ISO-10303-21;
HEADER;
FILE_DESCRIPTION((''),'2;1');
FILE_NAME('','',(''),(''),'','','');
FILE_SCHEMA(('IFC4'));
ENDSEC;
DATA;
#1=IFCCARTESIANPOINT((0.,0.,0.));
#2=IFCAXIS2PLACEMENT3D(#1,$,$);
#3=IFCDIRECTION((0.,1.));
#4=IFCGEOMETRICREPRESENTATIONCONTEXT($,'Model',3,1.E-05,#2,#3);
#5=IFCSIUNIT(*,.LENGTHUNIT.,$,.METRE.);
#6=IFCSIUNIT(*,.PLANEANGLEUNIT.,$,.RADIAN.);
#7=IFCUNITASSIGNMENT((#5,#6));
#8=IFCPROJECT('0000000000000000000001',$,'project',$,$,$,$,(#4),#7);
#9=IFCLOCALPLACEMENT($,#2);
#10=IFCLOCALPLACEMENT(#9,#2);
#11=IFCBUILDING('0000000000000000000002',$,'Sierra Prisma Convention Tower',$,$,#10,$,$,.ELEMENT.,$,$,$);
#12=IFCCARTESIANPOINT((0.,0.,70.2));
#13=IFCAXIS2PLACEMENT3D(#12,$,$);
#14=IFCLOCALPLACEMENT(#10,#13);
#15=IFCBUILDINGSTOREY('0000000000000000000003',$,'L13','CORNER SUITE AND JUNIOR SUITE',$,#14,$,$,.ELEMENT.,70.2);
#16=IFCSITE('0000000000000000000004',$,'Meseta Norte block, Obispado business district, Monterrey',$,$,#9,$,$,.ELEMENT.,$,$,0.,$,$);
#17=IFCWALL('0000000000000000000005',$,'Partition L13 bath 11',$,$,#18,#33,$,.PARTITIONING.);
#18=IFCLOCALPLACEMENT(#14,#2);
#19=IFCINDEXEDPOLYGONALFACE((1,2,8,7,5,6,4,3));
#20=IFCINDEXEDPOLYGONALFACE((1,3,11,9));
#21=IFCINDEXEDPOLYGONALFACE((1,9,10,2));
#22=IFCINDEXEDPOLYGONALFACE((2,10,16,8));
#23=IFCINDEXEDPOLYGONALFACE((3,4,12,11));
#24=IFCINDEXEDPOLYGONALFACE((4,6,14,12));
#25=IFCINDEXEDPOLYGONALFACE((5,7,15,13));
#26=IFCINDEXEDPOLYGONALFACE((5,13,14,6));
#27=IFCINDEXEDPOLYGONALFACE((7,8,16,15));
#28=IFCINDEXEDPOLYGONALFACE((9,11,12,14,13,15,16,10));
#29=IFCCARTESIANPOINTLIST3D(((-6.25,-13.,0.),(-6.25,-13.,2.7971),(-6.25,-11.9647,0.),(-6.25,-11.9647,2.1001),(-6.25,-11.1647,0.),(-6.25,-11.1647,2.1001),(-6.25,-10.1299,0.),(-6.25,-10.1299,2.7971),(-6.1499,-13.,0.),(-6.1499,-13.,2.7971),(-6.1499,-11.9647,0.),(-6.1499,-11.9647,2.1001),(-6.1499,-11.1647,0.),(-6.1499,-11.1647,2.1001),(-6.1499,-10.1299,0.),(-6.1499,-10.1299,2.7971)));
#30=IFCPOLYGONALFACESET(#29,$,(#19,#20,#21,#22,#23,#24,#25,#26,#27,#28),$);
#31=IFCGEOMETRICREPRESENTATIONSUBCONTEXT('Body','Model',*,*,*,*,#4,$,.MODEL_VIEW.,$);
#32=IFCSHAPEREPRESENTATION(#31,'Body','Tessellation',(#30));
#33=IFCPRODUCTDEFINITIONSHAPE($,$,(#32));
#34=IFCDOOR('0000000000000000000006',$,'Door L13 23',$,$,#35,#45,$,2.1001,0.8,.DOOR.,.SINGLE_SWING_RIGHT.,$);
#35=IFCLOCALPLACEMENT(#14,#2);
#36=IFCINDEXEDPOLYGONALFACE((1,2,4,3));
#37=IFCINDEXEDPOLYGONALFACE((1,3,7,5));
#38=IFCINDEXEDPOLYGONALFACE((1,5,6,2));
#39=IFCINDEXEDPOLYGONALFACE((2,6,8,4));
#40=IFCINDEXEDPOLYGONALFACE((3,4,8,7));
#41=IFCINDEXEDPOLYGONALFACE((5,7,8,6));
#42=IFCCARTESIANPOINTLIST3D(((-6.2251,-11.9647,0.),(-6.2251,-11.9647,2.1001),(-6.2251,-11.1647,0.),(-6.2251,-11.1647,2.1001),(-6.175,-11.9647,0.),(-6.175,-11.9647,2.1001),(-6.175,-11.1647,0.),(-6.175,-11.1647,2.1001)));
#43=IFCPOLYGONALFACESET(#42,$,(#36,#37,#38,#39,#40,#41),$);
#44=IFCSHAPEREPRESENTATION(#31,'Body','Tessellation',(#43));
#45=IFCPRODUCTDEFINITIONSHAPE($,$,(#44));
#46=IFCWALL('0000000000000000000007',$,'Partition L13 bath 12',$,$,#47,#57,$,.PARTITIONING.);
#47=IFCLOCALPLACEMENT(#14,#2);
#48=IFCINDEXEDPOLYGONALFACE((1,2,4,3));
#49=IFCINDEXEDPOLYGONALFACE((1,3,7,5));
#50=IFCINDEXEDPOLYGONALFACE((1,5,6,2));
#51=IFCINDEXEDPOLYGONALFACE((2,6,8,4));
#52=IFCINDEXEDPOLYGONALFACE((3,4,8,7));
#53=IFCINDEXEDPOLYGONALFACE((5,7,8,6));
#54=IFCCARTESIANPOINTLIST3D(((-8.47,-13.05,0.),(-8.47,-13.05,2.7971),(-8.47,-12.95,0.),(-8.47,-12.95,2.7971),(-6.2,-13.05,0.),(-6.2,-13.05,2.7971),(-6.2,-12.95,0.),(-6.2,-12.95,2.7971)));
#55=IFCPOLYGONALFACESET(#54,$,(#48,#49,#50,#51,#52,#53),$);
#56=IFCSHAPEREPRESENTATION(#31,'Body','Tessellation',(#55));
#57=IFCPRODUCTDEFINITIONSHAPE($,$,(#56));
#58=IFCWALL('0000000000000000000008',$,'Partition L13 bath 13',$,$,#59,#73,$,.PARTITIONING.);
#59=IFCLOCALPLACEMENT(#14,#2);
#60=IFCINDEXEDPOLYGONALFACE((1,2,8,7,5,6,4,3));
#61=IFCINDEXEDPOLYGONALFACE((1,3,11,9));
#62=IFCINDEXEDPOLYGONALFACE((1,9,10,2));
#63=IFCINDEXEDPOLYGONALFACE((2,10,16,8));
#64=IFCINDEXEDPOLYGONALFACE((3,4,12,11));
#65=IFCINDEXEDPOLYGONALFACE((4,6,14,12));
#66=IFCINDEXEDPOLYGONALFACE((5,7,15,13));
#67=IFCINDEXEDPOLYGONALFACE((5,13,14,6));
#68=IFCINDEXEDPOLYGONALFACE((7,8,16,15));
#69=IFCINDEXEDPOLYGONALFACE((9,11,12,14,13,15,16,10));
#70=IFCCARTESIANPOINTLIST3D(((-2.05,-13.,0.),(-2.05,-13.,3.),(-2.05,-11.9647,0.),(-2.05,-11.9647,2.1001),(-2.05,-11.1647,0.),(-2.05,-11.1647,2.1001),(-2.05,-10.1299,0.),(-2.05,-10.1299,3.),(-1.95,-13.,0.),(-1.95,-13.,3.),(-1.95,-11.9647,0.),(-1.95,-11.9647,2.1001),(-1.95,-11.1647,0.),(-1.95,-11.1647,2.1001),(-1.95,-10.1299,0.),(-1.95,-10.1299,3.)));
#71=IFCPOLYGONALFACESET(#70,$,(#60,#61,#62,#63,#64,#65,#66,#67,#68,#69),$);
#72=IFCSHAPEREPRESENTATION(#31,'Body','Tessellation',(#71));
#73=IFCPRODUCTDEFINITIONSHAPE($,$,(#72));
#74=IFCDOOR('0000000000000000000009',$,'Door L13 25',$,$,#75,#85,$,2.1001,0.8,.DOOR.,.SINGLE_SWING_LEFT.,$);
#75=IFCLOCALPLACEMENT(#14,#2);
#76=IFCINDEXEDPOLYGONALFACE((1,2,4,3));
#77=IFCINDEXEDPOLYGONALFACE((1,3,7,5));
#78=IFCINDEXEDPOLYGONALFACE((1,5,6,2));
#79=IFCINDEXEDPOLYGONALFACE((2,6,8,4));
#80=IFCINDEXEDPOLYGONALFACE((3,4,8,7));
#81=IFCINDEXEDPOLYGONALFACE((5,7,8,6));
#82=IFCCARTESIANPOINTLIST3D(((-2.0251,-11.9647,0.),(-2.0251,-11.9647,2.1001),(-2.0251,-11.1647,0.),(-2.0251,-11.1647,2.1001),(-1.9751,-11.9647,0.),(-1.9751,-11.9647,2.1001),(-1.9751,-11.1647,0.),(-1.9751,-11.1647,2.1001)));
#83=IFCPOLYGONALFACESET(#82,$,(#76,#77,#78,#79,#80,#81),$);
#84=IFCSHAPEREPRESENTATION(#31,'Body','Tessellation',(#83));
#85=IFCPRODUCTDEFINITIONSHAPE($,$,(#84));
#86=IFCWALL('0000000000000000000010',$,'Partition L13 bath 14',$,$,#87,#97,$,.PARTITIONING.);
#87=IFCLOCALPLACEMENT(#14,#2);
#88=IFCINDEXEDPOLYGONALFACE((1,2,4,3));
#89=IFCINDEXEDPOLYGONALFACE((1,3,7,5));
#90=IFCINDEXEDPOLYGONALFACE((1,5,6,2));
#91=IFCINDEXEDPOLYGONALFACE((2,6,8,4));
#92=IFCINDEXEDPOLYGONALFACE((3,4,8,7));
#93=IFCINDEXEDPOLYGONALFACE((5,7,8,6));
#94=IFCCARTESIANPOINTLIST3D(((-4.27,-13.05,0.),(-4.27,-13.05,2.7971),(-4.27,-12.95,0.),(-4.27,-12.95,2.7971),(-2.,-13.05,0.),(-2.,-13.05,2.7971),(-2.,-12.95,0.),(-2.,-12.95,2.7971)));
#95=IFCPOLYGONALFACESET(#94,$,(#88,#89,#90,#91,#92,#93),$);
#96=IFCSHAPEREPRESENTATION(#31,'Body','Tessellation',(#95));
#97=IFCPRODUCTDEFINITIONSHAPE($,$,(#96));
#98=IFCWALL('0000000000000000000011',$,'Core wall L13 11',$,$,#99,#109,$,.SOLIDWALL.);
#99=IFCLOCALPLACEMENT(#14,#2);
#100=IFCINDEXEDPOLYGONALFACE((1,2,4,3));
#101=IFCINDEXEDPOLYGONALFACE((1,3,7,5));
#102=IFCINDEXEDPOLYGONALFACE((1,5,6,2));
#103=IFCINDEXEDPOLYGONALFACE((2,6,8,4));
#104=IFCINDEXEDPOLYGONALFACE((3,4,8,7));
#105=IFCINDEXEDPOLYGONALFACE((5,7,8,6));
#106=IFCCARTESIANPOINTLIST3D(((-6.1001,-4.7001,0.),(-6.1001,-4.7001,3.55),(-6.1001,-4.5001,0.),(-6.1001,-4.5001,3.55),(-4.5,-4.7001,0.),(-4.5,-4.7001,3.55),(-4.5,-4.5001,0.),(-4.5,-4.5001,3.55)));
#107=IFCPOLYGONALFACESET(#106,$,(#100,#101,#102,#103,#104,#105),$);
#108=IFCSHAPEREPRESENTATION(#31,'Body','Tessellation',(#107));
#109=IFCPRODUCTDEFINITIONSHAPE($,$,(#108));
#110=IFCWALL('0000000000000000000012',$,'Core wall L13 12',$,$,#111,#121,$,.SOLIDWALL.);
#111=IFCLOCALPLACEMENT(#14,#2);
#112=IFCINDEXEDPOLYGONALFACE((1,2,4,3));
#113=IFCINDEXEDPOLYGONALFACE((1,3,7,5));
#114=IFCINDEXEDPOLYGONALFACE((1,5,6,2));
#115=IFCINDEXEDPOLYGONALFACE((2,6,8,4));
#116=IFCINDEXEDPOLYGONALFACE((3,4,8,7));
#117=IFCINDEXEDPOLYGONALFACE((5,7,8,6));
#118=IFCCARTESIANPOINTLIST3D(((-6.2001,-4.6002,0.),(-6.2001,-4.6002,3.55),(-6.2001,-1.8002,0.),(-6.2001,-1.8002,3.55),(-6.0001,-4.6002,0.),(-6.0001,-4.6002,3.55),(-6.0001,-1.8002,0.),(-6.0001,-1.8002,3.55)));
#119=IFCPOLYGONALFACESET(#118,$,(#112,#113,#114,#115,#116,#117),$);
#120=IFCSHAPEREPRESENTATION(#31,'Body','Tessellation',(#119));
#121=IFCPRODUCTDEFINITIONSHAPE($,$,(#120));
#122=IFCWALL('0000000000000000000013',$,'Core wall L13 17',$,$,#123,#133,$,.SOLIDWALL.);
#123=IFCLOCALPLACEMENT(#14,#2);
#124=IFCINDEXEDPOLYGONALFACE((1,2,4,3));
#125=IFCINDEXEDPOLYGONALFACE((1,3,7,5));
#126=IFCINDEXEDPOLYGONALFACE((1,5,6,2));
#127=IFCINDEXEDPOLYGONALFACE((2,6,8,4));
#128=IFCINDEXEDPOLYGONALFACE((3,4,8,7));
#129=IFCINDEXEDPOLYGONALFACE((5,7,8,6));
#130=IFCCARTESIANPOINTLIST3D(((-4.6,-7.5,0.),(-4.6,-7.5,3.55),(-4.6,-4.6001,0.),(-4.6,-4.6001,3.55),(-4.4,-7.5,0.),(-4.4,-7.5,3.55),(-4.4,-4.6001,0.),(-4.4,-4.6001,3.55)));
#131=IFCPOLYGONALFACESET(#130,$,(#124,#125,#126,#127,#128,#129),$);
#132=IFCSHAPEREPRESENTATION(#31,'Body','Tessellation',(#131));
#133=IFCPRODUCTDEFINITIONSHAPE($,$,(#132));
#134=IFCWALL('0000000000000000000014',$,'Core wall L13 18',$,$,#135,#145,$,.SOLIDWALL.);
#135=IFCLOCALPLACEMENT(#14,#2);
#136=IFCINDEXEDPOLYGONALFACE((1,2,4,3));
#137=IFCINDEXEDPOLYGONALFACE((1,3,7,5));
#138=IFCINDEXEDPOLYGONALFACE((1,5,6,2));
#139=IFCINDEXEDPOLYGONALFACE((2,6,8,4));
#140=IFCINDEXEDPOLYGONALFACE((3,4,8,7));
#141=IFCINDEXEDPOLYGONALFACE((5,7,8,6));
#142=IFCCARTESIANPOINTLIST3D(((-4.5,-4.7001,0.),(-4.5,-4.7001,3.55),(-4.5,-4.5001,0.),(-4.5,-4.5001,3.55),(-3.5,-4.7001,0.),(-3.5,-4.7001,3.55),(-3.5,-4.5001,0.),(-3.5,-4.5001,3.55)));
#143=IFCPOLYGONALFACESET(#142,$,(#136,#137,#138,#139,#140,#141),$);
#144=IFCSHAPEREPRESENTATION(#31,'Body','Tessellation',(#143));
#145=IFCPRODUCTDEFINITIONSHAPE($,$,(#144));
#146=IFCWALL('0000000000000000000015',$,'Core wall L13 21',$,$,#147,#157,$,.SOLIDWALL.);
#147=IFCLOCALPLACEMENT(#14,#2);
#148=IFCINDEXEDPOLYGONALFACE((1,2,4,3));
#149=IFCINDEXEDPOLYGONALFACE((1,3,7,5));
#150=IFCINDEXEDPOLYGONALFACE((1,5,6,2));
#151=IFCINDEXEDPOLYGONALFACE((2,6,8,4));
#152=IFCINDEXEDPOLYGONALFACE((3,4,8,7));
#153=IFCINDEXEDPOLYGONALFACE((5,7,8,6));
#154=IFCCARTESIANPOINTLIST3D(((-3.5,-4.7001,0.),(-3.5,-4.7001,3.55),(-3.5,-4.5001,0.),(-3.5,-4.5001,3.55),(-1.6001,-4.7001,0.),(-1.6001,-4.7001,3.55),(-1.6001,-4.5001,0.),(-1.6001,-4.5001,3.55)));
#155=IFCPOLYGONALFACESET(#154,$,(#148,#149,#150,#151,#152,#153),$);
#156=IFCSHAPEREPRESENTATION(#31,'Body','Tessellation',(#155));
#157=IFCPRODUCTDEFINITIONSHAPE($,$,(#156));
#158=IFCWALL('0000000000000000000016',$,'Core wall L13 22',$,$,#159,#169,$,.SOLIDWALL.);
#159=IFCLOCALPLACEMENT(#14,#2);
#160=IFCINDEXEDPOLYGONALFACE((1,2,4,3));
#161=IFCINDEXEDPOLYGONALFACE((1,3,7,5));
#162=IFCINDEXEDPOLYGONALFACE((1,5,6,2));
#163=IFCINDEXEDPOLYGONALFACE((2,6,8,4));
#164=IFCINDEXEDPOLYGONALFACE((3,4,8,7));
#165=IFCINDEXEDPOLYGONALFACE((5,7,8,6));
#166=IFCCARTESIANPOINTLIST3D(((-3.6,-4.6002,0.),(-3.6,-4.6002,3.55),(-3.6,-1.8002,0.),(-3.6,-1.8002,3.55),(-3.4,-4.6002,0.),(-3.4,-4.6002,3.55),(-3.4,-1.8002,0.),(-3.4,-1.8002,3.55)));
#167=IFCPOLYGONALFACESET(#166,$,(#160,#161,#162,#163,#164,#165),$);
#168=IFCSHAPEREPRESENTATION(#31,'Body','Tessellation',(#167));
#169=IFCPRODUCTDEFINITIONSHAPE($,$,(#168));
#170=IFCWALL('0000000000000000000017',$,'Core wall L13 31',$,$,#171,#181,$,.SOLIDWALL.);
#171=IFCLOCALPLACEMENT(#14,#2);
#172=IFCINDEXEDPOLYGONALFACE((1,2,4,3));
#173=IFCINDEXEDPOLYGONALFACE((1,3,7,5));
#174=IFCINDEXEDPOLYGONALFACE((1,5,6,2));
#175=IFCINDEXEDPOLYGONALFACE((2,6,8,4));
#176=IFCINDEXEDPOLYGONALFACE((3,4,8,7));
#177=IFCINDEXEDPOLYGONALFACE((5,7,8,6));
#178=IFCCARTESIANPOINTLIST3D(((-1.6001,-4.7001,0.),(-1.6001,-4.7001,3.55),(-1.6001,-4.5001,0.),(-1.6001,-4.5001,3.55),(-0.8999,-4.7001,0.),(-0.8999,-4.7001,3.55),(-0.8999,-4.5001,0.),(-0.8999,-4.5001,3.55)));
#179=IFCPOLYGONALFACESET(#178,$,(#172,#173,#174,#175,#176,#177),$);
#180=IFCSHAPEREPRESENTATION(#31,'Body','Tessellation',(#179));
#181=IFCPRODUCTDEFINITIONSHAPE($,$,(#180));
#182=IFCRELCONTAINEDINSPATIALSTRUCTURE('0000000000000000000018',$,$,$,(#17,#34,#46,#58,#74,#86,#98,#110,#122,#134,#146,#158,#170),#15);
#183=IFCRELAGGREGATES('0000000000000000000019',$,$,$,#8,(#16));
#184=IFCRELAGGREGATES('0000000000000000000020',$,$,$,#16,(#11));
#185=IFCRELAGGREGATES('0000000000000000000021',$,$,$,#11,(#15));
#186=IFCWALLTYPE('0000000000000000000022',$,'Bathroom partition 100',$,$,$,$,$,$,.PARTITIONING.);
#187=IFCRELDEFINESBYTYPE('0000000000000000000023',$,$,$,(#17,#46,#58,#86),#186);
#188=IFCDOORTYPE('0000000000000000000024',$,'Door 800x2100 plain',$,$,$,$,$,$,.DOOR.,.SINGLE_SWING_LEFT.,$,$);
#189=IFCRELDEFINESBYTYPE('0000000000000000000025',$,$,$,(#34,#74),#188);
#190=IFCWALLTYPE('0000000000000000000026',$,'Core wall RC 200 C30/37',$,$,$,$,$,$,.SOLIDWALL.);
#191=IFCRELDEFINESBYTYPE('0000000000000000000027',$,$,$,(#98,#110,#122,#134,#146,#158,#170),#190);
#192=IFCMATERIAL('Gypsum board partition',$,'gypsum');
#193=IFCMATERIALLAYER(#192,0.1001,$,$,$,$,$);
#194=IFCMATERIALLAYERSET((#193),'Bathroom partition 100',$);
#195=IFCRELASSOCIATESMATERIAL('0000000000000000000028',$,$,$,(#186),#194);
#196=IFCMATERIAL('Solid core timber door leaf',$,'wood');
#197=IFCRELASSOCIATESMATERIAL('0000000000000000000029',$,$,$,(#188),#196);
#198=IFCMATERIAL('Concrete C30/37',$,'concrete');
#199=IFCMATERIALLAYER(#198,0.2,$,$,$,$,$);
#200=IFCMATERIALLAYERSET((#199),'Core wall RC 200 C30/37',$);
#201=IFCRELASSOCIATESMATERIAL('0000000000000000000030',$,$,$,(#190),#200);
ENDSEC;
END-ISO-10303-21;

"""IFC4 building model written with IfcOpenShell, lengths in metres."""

from ifc_helpers import new_model, si_unit, direction, frame, frame_2d, origin, place, context, subcontext, project, spatial, rectangle, extrude, material, layer, layer_set, type_object, element, fill, save


model = new_model("IFC4")

# Units and contexts
model_context = context("Model", 3, precision=1e-05, world=origin(), true_north=direction((0.0, 1.0)))
body_context = subcontext(model_context, "Body", "Model", "MODEL_VIEW")
ifc_project = project(units=[si_unit("LENGTHUNIT", "METRE"), si_unit("PLANEANGLEUNIT", "RADIAN")], contexts=[model_context])

# Site, building, storey
site_placement = place(None, origin())
site = spatial("IfcSite", under=ifc_project, at=site_placement, Name="Meseta Norte block, Obispado business district, Monterrey", CompositionType="ELEMENT", RefElevation=0.0)
building_placement = place(site_placement, origin())
building = spatial("IfcBuilding", under=site, at=building_placement, Name="Sierra Prisma Convention Tower", CompositionType="ELEMENT")
storey_placement = place(building_placement, frame((0.0, 0.0, 70.2)))
storey = spatial("IfcBuildingStorey", under=building, at=storey_placement, Name="L13", Description="CORNER SUITE AND JUNIOR SUITE", CompositionType="ELEMENT", Elevation=70.2)

# Wall, opening, door
ifc_material_1 = material(Name="Gypsum board partition", Category="gypsum")
ifc_layer_1 = layer(ifc_material_1, 0.1001)
ifc_layer_set_1 = layer_set([ifc_layer_1], Name="Bathroom partition 100")
wall_type_1 = type_object("IfcWallType", Name="Bathroom partition 100", PredefinedType="PARTITIONING", material=ifc_layer_set_1)
wall_1_placement = place(storey_placement, frame((-6.2, -10.1299, 0.0), z_axis=(0.0, 0.0, 1.0), x_axis=(0.0, -1.0, 0.0)))
wall_1 = element("IfcWall", 1, at=wall_1_placement, inside=storey, type_object=wall_type_1, Name="Partition L13 bath 11", PredefinedType="PARTITIONING", context=body_context, shape_type="SweptSolid", body=[
    extrude(rectangle(XDim=2.8701, YDim=0.1001, at=frame_2d((1.4351, 0.0))), origin(), (0.0, 0.0, 1.0), 2.7971),
])
opening_1_placement = place(wall_1_placement, frame((1.0349, 0.0, 0.0)))
opening_1 = element("IfcOpeningElement", 2, at=opening_1_placement, cuts=wall_1, PredefinedType="OPENING", context=body_context, shape_type="SweptSolid", body=[
    extrude(rectangle(XDim=0.8, YDim=2.1001, at=frame_2d((0.3999, 1.05))), frame((0.0, 0.05, 0.0), z_axis=(0.0, -1.0, 0.0), x_axis=(1.0, 0.0, 0.0)), (0.0, 0.0, 1.0), 0.1001),
])
ifc_material_2 = material(Name="Solid core timber door leaf", Category="wood")
door_type_1 = type_object("IfcDoorType", Name="Door 800x2100 plain", OperationType="SINGLE_SWING_LEFT", PredefinedType="DOOR", material=ifc_material_2)
door_1_placement = place(opening_1_placement, origin())
door_1 = element("IfcDoor", 3, at=door_1_placement, inside=storey, type_object=door_type_1, Name="Door L13 23", OperationType="SINGLE_SWING_RIGHT", OverallHeight=2.1001, OverallWidth=0.8, PredefinedType="DOOR", context=body_context, shape_type="SweptSolid", body=[
    extrude(rectangle(XDim=0.8, YDim=2.1001, at=frame_2d((0.3999, 1.05))), frame((0.0, 0.0249, 0.0), z_axis=(0.0, -1.0, 0.0), x_axis=(1.0, 0.0, 0.0)), (0.0, 0.0, 1.0), 0.05),
])
fill(opening_1, door_1)

# Wall
wall_2_placement = place(storey_placement, frame((-6.2, -13.0, 0.0), z_axis=(0.0, 0.0, 1.0), x_axis=(-1.0, 0.0, 0.0)))
element("IfcWall", 4, at=wall_2_placement, inside=storey, type_object=wall_type_1, Name="Partition L13 bath 12", PredefinedType="PARTITIONING", context=body_context, shape_type="SweptSolid", body=[
    extrude(rectangle(XDim=2.27, YDim=0.1001, at=frame_2d((1.135, 0.0))), origin(), (0.0, 0.0, 1.0), 2.7971),
])

# Wall, opening, door
wall_3_placement = place(storey_placement, frame((-2.0, -10.1299, 0.0), z_axis=(0.0, 0.0, 1.0), x_axis=(0.0, -1.0, 0.0)))
wall_3 = element("IfcWall", 5, at=wall_3_placement, inside=storey, type_object=wall_type_1, Name="Partition L13 bath 13", PredefinedType="PARTITIONING", context=body_context, shape_type="SweptSolid", body=[
    extrude(rectangle(XDim=2.8701, YDim=0.1001, at=frame_2d((1.4351, 0.0))), origin(), (0.0, 0.0, 1.0), 3.0),
])
opening_2_placement = place(wall_3_placement, frame((1.0349, 0.0, 0.0)))
opening_2 = element("IfcOpeningElement", 6, at=opening_2_placement, cuts=wall_3, PredefinedType="OPENING", context=body_context, shape_type="SweptSolid", body=[
    extrude(rectangle(XDim=0.8, YDim=2.1001, at=frame_2d((0.3999, 1.05))), frame((0.0, 0.05, 0.0), z_axis=(0.0, -1.0, 0.0), x_axis=(1.0, 0.0, 0.0)), (0.0, 0.0, 1.0), 0.1001),
])
door_2_placement = place(opening_2_placement, origin())
door_2 = element("IfcDoor", 7, at=door_2_placement, inside=storey, type_object=door_type_1, Name="Door L13 25", OperationType="SINGLE_SWING_LEFT", OverallHeight=2.1001, OverallWidth=0.8, PredefinedType="DOOR", context=body_context, shape_type="SweptSolid", body=[
    extrude(rectangle(XDim=0.8, YDim=2.1001, at=frame_2d((0.3999, 1.05))), frame((0.0, 0.0249, 0.0), z_axis=(0.0, -1.0, 0.0), x_axis=(1.0, 0.0, 0.0)), (0.0, 0.0, 1.0), 0.05),
])
fill(opening_2, door_2)

# Walls
wall_4_placement = place(storey_placement, frame((-2.0, -13.0, 0.0), z_axis=(0.0, 0.0, 1.0), x_axis=(-1.0, 0.0, 0.0)))
element("IfcWall", 8, at=wall_4_placement, inside=storey, type_object=wall_type_1, Name="Partition L13 bath 14", PredefinedType="PARTITIONING", context=body_context, shape_type="SweptSolid", body=[
    extrude(rectangle(XDim=2.27, YDim=0.1001, at=frame_2d((1.135, 0.0))), origin(), (0.0, 0.0, 1.0), 2.7971),
])
ifc_material_3 = material(Name="Concrete C30/37", Category="concrete")
ifc_layer_2 = layer(ifc_material_3, 0.2)
ifc_layer_set_2 = layer_set([ifc_layer_2], Name="Core wall RC 200 C30/37")
wall_type_2 = type_object("IfcWallType", Name="Core wall RC 200 C30/37", PredefinedType="SOLIDWALL", material=ifc_layer_set_2)
wall_5_placement = place(storey_placement, frame((-6.1001, -4.6001, 0.0), z_axis=(0.0, 0.0, 1.0), x_axis=(1.0, 0.0, 0.0)))
element("IfcWall", 9, at=wall_5_placement, inside=storey, type_object=wall_type_2, Name="Core wall L13 11", PredefinedType="SOLIDWALL", context=body_context, shape_type="SweptSolid", body=[
    extrude(rectangle(XDim=1.6001, YDim=0.2, at=frame_2d((0.8, 0.0))), origin(), (0.0, 0.0, 1.0), 3.55),
])
wall_6_placement = place(storey_placement, frame((-6.1001, -4.6001, 0.0), z_axis=(0.0, 0.0, 1.0), x_axis=(0.0, 1.0, 0.0)))
element("IfcWall", 10, at=wall_6_placement, inside=storey, type_object=wall_type_2, Name="Core wall L13 12", PredefinedType="SOLIDWALL", context=body_context, shape_type="SweptSolid", body=[
    extrude(rectangle(XDim=2.8, YDim=0.2, at=frame_2d((1.3999, 0.0))), origin(), (0.0, 0.0, 1.0), 3.55),
])

# Walls
wall_7_placement = place(storey_placement, frame((-4.5, -4.6001, 0.0), z_axis=(0.0, 0.0, 1.0), x_axis=(0.0, -1.0, 0.0)))
element("IfcWall", 11, at=wall_7_placement, inside=storey, type_object=wall_type_2, Name="Core wall L13 17", PredefinedType="SOLIDWALL", context=body_context, shape_type="SweptSolid", body=[
    extrude(rectangle(XDim=2.8999, YDim=0.2, at=frame_2d((1.45, 0.0))), origin(), (0.0, 0.0, 1.0), 3.55),
])
wall_8_placement = place(storey_placement, frame((-4.5, -4.6001, 0.0), z_axis=(0.0, 0.0, 1.0), x_axis=(1.0, 0.0, 0.0)))
element("IfcWall", 12, at=wall_8_placement, inside=storey, type_object=wall_type_2, Name="Core wall L13 18", PredefinedType="SOLIDWALL", context=body_context, shape_type="SweptSolid", body=[
    extrude(rectangle(XDim=1.0, YDim=0.2, at=frame_2d((0.5, 0.0))), origin(), (0.0, 0.0, 1.0), 3.55),
])
wall_9_placement = place(storey_placement, frame((-3.5, -4.6001, 0.0), z_axis=(0.0, 0.0, 1.0), x_axis=(1.0, 0.0, 0.0)))
element("IfcWall", 13, at=wall_9_placement, inside=storey, type_object=wall_type_2, Name="Core wall L13 21", PredefinedType="SOLIDWALL", context=body_context, shape_type="SweptSolid", body=[
    extrude(rectangle(XDim=1.8999, YDim=0.2, at=frame_2d((0.95, 0.0))), origin(), (0.0, 0.0, 1.0), 3.55),
])
wall_10_placement = place(storey_placement, frame((-3.5, -4.6001, 0.0), z_axis=(0.0, 0.0, 1.0), x_axis=(0.0, 1.0, 0.0)))
element("IfcWall", 14, at=wall_10_placement, inside=storey, type_object=wall_type_2, Name="Core wall L13 22", PredefinedType="SOLIDWALL", context=body_context, shape_type="SweptSolid", body=[
    extrude(rectangle(XDim=2.8, YDim=0.2, at=frame_2d((1.3999, 0.0))), origin(), (0.0, 0.0, 1.0), 3.55),
])

# Wall
wall_11_placement = place(storey_placement, frame((-1.6001, -4.6001, 0.0), z_axis=(0.0, 0.0, 1.0), x_axis=(1.0, 0.0, 0.0)))
element("IfcWall", 15, at=wall_11_placement, inside=storey, type_object=wall_type_2, Name="Core wall L13 31", PredefinedType="SOLIDWALL", context=body_context, shape_type="SweptSolid", body=[
    extrude(rectangle(XDim=0.7002, YDim=0.2, at=frame_2d((0.3501, 0.0))), origin(), (0.0, 0.0, 1.0), 3.55),
])

save(model, "model.ifc")
